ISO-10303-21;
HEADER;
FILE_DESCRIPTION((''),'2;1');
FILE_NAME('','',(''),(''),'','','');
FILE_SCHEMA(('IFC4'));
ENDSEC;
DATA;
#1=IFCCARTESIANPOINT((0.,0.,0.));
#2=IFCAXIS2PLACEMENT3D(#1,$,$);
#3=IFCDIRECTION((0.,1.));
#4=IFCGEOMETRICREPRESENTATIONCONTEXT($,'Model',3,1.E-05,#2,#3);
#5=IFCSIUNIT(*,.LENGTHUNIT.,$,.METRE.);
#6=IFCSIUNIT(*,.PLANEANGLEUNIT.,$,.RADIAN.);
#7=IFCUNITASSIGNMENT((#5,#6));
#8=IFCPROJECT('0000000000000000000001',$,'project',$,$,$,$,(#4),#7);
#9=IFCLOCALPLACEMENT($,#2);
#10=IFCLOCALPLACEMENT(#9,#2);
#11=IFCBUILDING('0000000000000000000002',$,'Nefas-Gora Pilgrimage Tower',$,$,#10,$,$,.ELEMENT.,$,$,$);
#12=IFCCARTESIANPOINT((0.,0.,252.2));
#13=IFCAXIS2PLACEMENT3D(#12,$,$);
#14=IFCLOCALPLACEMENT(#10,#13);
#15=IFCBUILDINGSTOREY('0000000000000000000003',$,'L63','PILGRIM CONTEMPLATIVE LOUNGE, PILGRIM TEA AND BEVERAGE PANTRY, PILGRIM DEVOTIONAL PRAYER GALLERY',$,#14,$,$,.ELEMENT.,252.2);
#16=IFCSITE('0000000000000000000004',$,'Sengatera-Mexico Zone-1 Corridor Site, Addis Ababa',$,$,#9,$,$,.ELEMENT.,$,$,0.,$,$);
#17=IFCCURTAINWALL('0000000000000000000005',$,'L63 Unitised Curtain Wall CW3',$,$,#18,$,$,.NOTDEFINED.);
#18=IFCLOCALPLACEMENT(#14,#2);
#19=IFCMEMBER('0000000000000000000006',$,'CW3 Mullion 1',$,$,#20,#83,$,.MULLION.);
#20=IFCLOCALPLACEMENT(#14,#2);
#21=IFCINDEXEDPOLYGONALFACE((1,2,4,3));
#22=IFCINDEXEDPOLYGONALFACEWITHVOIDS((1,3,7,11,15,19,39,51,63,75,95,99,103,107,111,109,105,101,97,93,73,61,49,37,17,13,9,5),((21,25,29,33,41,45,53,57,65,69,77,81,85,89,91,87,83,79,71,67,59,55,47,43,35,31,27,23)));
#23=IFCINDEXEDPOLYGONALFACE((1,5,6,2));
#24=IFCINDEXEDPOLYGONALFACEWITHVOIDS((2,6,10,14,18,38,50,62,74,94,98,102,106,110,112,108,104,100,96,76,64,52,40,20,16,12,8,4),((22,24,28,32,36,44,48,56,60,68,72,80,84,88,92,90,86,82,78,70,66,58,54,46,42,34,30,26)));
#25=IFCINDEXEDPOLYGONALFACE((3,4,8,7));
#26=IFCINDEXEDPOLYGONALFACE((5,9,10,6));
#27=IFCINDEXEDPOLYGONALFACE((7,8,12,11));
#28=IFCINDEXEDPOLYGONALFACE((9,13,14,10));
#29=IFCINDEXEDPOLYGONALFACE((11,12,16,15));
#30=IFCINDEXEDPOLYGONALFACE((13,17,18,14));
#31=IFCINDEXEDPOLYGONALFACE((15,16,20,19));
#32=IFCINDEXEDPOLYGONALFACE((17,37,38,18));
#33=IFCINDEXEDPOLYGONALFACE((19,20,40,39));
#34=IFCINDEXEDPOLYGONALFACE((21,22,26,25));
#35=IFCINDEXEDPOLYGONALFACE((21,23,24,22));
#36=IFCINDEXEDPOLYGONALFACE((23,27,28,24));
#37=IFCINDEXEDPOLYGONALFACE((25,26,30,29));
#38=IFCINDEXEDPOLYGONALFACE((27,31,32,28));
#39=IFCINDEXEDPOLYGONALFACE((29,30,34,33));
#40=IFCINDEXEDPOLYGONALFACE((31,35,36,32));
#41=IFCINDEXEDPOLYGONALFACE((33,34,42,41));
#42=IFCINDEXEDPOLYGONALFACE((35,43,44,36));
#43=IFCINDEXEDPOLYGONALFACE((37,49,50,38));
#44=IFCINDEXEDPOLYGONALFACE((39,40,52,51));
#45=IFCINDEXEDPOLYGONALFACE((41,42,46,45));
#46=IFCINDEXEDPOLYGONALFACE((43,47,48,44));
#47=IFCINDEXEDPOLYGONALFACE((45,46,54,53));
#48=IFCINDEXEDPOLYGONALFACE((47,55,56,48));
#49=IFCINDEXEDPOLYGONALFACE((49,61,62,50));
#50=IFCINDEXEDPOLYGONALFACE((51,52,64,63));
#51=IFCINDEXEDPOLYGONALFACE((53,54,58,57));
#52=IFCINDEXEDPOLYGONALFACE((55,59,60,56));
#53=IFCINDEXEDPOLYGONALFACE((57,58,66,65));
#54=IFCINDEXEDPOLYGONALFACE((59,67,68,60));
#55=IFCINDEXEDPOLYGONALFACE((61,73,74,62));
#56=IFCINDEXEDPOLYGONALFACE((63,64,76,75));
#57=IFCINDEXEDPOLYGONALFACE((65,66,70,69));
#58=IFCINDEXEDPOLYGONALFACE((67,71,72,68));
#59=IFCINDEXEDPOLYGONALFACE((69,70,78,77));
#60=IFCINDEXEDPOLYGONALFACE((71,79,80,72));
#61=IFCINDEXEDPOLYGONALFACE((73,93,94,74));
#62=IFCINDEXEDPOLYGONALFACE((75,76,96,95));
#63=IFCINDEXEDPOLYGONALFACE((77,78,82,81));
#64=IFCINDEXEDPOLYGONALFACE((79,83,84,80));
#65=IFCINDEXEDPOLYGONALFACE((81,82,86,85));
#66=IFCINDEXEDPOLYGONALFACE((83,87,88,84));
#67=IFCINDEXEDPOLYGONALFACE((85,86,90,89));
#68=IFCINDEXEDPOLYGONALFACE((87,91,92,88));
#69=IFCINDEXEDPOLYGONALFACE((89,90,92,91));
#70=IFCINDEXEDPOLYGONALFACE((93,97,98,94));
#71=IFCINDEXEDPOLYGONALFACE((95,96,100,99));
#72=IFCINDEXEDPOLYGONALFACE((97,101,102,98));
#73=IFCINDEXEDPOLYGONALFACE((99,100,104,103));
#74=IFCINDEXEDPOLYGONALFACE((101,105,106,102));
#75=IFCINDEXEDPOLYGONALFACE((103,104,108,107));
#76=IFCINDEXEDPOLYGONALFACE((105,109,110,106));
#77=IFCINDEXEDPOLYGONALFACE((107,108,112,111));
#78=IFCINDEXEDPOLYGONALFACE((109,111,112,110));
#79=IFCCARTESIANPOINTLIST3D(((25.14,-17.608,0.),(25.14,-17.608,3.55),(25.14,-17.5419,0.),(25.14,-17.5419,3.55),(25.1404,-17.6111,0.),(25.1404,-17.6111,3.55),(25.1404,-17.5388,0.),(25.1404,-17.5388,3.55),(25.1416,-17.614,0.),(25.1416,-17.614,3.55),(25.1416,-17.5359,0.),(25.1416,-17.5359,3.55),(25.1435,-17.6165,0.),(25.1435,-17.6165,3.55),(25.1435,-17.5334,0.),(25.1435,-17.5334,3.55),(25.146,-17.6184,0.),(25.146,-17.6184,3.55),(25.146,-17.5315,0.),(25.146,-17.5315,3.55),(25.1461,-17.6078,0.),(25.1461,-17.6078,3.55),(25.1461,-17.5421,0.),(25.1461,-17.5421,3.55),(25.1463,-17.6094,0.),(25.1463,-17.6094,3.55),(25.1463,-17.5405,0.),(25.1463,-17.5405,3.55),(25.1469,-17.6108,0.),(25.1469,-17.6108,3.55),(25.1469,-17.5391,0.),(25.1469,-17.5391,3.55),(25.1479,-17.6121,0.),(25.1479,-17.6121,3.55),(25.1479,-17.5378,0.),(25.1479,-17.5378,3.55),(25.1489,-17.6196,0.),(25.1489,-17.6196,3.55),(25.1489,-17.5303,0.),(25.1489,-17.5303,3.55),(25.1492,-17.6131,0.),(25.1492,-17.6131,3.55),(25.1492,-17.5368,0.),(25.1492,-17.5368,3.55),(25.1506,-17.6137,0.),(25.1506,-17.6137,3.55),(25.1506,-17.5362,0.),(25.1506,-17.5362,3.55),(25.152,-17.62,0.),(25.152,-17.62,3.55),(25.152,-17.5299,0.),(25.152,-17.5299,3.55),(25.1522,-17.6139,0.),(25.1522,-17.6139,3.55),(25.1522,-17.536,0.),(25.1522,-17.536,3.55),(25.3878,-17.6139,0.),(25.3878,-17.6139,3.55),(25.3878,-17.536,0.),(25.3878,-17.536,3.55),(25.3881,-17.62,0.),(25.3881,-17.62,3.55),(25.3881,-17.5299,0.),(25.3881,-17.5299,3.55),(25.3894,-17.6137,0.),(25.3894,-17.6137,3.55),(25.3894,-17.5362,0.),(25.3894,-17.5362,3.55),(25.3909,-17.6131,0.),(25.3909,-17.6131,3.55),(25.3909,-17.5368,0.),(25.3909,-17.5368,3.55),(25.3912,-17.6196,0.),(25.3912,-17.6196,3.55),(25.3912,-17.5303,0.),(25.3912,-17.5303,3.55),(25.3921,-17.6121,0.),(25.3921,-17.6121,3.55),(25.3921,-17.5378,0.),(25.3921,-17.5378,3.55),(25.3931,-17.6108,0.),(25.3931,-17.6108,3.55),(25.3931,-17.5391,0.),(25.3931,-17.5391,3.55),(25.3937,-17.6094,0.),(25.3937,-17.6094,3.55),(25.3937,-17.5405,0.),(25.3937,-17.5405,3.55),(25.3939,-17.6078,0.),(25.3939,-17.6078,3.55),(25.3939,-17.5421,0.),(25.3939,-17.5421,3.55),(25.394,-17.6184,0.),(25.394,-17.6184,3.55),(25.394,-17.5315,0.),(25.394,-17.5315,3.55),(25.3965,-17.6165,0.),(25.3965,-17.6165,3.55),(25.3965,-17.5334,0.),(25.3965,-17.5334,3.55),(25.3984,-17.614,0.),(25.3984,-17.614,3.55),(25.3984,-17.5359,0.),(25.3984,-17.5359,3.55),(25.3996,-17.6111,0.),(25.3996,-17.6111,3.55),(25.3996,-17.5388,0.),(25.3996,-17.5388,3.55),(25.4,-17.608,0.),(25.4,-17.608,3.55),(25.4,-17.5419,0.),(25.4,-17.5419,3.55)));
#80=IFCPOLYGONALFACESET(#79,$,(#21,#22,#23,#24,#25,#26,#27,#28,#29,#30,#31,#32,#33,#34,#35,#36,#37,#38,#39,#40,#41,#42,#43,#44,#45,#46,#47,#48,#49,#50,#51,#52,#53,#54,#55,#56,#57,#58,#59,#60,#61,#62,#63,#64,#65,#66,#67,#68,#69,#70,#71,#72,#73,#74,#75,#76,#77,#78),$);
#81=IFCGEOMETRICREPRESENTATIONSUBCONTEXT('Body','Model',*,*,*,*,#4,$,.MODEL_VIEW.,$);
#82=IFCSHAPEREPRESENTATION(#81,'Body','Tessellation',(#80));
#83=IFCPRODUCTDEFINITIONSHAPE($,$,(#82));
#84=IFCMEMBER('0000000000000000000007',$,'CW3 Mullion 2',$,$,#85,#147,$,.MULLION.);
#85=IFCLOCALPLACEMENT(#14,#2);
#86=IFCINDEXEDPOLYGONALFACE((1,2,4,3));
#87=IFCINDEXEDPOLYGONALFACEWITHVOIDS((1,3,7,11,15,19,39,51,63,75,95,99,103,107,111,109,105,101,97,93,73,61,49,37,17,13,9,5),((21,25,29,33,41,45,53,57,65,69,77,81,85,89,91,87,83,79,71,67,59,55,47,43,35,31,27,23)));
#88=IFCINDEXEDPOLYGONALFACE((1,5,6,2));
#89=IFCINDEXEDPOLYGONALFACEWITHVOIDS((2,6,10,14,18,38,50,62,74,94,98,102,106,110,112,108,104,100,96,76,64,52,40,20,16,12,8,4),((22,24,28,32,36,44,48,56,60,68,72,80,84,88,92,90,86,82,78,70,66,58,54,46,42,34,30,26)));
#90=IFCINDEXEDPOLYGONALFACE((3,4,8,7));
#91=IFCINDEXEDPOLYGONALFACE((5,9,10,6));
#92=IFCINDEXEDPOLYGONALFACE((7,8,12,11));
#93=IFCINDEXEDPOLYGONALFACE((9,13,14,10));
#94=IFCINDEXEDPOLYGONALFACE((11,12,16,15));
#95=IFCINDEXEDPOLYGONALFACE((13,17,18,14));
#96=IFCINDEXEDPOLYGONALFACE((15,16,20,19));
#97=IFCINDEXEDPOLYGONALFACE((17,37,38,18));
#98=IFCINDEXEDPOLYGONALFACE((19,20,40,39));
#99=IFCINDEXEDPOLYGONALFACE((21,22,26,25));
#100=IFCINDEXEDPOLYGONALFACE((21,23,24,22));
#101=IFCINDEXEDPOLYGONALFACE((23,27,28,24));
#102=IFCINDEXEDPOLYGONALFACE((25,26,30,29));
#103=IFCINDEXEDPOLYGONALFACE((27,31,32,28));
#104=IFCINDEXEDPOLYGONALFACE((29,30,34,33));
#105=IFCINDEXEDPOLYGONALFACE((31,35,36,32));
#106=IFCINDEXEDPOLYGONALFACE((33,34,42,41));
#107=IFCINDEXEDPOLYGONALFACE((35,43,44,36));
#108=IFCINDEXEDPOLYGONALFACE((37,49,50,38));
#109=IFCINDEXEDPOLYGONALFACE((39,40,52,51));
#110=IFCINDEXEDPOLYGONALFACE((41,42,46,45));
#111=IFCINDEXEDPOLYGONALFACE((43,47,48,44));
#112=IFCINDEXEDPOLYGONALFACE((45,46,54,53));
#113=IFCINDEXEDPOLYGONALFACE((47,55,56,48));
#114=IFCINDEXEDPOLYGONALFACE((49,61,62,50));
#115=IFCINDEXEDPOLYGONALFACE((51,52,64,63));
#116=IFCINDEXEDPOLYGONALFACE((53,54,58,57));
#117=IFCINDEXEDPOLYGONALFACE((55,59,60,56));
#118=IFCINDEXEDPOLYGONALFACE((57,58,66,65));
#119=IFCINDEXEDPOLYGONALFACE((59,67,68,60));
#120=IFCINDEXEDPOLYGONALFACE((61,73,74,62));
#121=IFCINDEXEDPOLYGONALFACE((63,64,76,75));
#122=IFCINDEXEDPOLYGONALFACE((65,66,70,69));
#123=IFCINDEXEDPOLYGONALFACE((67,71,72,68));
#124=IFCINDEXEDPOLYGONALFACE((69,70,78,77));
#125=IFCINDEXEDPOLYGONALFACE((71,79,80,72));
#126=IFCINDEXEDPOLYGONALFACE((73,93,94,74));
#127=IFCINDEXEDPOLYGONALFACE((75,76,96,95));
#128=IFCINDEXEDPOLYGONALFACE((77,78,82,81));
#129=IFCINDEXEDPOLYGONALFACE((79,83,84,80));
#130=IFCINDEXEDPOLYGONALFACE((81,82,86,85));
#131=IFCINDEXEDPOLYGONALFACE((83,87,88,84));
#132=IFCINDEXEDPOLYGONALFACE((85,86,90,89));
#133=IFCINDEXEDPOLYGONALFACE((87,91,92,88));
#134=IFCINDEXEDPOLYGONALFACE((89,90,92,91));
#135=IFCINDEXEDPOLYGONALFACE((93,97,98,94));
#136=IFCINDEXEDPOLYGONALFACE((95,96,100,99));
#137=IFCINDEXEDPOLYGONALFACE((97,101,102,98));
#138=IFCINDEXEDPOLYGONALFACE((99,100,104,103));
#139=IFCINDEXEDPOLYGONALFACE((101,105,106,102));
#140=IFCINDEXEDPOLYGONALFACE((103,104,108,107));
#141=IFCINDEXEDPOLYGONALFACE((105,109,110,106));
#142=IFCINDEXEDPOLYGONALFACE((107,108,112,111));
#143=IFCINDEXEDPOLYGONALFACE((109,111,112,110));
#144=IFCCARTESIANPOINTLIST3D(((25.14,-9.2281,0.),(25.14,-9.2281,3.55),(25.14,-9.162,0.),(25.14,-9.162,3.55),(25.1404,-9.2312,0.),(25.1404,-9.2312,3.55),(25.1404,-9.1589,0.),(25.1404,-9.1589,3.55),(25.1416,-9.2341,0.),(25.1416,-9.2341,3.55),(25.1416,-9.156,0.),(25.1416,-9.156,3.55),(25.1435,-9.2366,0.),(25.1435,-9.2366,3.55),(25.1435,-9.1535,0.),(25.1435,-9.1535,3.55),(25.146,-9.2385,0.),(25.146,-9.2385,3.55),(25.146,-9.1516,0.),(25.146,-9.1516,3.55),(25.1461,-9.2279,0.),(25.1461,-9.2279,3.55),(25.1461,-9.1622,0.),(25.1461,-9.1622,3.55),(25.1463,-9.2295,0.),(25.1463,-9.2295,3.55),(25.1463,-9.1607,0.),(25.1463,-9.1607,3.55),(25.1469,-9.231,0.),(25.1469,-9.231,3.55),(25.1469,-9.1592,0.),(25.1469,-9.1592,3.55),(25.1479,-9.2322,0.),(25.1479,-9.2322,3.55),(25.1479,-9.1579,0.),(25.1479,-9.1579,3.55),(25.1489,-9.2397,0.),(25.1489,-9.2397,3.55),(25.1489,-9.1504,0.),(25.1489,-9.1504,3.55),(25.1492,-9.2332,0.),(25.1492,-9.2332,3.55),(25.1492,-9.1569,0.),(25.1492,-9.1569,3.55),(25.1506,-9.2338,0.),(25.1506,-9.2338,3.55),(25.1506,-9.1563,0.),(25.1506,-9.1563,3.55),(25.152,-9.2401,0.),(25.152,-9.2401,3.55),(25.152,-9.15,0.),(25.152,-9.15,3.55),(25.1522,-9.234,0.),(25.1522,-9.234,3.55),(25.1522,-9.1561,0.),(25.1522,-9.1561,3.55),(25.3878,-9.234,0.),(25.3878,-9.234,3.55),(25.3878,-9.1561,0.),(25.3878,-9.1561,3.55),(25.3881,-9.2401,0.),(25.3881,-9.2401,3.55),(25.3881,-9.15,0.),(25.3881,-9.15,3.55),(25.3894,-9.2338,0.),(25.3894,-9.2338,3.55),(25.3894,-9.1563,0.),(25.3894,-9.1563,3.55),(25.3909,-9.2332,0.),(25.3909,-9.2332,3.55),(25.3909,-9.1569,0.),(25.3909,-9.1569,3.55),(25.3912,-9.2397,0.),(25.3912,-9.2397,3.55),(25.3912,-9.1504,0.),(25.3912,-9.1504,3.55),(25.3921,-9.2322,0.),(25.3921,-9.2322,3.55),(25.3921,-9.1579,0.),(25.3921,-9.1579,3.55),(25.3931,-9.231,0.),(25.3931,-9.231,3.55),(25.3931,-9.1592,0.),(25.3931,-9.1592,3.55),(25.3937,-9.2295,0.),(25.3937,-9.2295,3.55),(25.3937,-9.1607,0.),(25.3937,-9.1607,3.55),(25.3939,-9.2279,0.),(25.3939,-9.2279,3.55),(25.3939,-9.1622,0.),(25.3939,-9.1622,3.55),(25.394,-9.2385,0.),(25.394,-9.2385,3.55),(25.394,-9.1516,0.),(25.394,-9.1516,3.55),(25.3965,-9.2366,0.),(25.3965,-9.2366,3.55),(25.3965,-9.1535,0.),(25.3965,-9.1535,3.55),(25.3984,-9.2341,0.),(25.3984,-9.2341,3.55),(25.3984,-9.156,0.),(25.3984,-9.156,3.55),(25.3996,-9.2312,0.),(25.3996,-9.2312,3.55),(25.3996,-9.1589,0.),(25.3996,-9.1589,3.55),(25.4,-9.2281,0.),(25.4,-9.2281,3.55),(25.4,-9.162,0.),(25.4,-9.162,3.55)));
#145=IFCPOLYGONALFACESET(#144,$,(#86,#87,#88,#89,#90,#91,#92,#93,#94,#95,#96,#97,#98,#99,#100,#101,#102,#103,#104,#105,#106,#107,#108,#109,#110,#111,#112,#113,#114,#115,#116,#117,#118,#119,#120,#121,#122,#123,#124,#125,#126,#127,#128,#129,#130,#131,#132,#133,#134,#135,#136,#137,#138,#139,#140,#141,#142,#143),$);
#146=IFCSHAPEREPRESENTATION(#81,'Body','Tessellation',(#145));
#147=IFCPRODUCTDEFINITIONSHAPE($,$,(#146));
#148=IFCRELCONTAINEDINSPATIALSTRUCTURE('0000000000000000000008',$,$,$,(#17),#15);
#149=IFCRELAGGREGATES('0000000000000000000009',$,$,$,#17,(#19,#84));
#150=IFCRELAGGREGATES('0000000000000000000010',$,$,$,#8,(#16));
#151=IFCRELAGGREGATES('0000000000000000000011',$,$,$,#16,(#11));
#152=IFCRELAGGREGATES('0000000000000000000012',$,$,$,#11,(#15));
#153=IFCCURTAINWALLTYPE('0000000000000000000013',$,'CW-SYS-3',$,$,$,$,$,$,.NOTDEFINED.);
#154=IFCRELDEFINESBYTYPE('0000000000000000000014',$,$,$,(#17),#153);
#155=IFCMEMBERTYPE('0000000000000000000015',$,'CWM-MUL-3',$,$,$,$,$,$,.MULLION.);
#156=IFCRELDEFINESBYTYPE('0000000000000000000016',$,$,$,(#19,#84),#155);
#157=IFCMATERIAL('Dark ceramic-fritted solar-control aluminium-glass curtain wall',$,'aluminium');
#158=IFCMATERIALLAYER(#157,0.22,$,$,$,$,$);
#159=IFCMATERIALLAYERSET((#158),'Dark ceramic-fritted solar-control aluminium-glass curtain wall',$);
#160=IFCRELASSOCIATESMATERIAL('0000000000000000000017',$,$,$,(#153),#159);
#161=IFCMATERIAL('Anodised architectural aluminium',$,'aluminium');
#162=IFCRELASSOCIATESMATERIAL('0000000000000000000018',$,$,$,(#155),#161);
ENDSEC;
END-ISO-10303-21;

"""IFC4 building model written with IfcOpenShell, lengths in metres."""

from ifc_helpers import new_model, si_unit, direction, frame, origin, origin_2d, place, context, subcontext, project, spatial, hollow_rectangle, extrude, source, transform, mapped, material, layer, layer_set, material_profile, profile_set, type_object, element, aggregate, save


model = new_model("IFC4")

# Units and contexts
model_context = context("Model", 3, precision=1e-05, world=origin(), true_north=direction((0.0, 1.0)))
body_context = subcontext(model_context, "Body", "Model", "MODEL_VIEW")
ifc_project = project(units=[si_unit("LENGTHUNIT", "METRE"), si_unit("PLANEANGLEUNIT", "RADIAN")], contexts=[model_context])

# Site, building, storey
site_placement = place(None, origin())
site = spatial("IfcSite", under=ifc_project, at=site_placement, Name="Sengatera-Mexico Zone-1 Corridor Site, Addis Ababa", CompositionType="ELEMENT", RefElevation=0.0)
building_placement = place(site_placement, origin())
building = spatial("IfcBuilding", under=site, at=building_placement, Name="Nefas-Gora Pilgrimage Tower", CompositionType="ELEMENT")
storey_placement = place(building_placement, frame((0.0, 0.0, 252.2)))
storey = spatial("IfcBuildingStorey", under=building, at=storey_placement, Name="L63", Description="PILGRIM CONTEMPLATIVE LOUNGE, PILGRIM TEA AND BEVERAGE PANTRY, PILGRIM DEVOTIONAL PRAYER GALLERY", CompositionType="ELEMENT", Elevation=252.2)

# Shared definitions
ifc_material_1 = material(Name="Dark ceramic-fritted solar-control aluminium-glass curtain wall", Category="aluminium")
ifc_layer_1 = layer(ifc_material_1, 0.22)
ifc_layer_set_1 = layer_set([ifc_layer_1], Name="Dark ceramic-fritted solar-control aluminium-glass curtain wall")
curtain_wall_type = type_object("IfcCurtainWallType", Name="CW-SYS-3", PredefinedType="NOTDEFINED", material=ifc_layer_set_1)
ifc_material_2 = material(Name="Anodised architectural aluminium", Category="aluminium")
ifc_material_profile_1 = material_profile(ifc_material_2, hollow_rectangle(XDim=0.0901, YDim=0.26, WallThickness=0.0061, InnerFilletRadius=0.0061, OuterFilletRadius=0.012, at=origin_2d()), Name="ALU MULLION 90x260")
ifc_profile_set_1 = profile_set([ifc_material_profile_1], Name="Anodised architectural aluminium")
member_type_1 = type_object("IfcMemberType", Name="CWM-MUL-3", PredefinedType="MULLION", material=ifc_profile_set_1)
shared_shape_1 = source(origin(), body_context, "Body", "SweptSolid", [
    extrude(hollow_rectangle(XDim=0.0901, YDim=0.26, WallThickness=0.0061, InnerFilletRadius=0.0061, OuterFilletRadius=0.012, at=origin_2d()), origin(), (0.0, 0.0, 1.0), 3.55),
])

# Curtain wall, members
curtain_wall_1_placement = place(storey_placement, origin())
curtain_wall_1 = element("IfcCurtainWall", 1, at=curtain_wall_1_placement, inside=storey, type_object=curtain_wall_type, Name="L63 Unitised Curtain Wall CW3", PredefinedType="NOTDEFINED")
member_1_placement = place(storey_placement, frame((25.27, -17.575, 0.0), z_axis=(0.0, 0.0, 1.0), x_axis=(0.0, 1.0, 0.0)))
member_1 = element("IfcMember", 2, at=member_1_placement, type_object=member_type_1, Name="CW3 Mullion 1", PredefinedType="MULLION", context=body_context, shape_type="MappedRepresentation", body=[
    mapped(shared_shape_1, transform((0.0, 0.0, 0.0), x_axis=(1.0, 0.0, 0.0), y_axis=(0.0, 1.0, 0.0), z_axis=(0.0, 0.0, 1.0), scale=1.0)),
])
member_2_placement = place(storey_placement, frame((25.27, -9.1951, 0.0), z_axis=(0.0, 0.0, 1.0), x_axis=(0.0, 1.0, 0.0)))
member_2 = element("IfcMember", 3, at=member_2_placement, type_object=member_type_1, Name="CW3 Mullion 2", PredefinedType="MULLION", context=body_context, shape_type="MappedRepresentation", body=[
    mapped(shared_shape_1, transform((0.0, 0.0, 0.0), x_axis=(1.0, 0.0, 0.0), y_axis=(0.0, 1.0, 0.0), z_axis=(0.0, 0.0, 1.0), scale=1.0)),
])

aggregate(curtain_wall_1, [member_1, member_2])

save(model, "model.ifc")
